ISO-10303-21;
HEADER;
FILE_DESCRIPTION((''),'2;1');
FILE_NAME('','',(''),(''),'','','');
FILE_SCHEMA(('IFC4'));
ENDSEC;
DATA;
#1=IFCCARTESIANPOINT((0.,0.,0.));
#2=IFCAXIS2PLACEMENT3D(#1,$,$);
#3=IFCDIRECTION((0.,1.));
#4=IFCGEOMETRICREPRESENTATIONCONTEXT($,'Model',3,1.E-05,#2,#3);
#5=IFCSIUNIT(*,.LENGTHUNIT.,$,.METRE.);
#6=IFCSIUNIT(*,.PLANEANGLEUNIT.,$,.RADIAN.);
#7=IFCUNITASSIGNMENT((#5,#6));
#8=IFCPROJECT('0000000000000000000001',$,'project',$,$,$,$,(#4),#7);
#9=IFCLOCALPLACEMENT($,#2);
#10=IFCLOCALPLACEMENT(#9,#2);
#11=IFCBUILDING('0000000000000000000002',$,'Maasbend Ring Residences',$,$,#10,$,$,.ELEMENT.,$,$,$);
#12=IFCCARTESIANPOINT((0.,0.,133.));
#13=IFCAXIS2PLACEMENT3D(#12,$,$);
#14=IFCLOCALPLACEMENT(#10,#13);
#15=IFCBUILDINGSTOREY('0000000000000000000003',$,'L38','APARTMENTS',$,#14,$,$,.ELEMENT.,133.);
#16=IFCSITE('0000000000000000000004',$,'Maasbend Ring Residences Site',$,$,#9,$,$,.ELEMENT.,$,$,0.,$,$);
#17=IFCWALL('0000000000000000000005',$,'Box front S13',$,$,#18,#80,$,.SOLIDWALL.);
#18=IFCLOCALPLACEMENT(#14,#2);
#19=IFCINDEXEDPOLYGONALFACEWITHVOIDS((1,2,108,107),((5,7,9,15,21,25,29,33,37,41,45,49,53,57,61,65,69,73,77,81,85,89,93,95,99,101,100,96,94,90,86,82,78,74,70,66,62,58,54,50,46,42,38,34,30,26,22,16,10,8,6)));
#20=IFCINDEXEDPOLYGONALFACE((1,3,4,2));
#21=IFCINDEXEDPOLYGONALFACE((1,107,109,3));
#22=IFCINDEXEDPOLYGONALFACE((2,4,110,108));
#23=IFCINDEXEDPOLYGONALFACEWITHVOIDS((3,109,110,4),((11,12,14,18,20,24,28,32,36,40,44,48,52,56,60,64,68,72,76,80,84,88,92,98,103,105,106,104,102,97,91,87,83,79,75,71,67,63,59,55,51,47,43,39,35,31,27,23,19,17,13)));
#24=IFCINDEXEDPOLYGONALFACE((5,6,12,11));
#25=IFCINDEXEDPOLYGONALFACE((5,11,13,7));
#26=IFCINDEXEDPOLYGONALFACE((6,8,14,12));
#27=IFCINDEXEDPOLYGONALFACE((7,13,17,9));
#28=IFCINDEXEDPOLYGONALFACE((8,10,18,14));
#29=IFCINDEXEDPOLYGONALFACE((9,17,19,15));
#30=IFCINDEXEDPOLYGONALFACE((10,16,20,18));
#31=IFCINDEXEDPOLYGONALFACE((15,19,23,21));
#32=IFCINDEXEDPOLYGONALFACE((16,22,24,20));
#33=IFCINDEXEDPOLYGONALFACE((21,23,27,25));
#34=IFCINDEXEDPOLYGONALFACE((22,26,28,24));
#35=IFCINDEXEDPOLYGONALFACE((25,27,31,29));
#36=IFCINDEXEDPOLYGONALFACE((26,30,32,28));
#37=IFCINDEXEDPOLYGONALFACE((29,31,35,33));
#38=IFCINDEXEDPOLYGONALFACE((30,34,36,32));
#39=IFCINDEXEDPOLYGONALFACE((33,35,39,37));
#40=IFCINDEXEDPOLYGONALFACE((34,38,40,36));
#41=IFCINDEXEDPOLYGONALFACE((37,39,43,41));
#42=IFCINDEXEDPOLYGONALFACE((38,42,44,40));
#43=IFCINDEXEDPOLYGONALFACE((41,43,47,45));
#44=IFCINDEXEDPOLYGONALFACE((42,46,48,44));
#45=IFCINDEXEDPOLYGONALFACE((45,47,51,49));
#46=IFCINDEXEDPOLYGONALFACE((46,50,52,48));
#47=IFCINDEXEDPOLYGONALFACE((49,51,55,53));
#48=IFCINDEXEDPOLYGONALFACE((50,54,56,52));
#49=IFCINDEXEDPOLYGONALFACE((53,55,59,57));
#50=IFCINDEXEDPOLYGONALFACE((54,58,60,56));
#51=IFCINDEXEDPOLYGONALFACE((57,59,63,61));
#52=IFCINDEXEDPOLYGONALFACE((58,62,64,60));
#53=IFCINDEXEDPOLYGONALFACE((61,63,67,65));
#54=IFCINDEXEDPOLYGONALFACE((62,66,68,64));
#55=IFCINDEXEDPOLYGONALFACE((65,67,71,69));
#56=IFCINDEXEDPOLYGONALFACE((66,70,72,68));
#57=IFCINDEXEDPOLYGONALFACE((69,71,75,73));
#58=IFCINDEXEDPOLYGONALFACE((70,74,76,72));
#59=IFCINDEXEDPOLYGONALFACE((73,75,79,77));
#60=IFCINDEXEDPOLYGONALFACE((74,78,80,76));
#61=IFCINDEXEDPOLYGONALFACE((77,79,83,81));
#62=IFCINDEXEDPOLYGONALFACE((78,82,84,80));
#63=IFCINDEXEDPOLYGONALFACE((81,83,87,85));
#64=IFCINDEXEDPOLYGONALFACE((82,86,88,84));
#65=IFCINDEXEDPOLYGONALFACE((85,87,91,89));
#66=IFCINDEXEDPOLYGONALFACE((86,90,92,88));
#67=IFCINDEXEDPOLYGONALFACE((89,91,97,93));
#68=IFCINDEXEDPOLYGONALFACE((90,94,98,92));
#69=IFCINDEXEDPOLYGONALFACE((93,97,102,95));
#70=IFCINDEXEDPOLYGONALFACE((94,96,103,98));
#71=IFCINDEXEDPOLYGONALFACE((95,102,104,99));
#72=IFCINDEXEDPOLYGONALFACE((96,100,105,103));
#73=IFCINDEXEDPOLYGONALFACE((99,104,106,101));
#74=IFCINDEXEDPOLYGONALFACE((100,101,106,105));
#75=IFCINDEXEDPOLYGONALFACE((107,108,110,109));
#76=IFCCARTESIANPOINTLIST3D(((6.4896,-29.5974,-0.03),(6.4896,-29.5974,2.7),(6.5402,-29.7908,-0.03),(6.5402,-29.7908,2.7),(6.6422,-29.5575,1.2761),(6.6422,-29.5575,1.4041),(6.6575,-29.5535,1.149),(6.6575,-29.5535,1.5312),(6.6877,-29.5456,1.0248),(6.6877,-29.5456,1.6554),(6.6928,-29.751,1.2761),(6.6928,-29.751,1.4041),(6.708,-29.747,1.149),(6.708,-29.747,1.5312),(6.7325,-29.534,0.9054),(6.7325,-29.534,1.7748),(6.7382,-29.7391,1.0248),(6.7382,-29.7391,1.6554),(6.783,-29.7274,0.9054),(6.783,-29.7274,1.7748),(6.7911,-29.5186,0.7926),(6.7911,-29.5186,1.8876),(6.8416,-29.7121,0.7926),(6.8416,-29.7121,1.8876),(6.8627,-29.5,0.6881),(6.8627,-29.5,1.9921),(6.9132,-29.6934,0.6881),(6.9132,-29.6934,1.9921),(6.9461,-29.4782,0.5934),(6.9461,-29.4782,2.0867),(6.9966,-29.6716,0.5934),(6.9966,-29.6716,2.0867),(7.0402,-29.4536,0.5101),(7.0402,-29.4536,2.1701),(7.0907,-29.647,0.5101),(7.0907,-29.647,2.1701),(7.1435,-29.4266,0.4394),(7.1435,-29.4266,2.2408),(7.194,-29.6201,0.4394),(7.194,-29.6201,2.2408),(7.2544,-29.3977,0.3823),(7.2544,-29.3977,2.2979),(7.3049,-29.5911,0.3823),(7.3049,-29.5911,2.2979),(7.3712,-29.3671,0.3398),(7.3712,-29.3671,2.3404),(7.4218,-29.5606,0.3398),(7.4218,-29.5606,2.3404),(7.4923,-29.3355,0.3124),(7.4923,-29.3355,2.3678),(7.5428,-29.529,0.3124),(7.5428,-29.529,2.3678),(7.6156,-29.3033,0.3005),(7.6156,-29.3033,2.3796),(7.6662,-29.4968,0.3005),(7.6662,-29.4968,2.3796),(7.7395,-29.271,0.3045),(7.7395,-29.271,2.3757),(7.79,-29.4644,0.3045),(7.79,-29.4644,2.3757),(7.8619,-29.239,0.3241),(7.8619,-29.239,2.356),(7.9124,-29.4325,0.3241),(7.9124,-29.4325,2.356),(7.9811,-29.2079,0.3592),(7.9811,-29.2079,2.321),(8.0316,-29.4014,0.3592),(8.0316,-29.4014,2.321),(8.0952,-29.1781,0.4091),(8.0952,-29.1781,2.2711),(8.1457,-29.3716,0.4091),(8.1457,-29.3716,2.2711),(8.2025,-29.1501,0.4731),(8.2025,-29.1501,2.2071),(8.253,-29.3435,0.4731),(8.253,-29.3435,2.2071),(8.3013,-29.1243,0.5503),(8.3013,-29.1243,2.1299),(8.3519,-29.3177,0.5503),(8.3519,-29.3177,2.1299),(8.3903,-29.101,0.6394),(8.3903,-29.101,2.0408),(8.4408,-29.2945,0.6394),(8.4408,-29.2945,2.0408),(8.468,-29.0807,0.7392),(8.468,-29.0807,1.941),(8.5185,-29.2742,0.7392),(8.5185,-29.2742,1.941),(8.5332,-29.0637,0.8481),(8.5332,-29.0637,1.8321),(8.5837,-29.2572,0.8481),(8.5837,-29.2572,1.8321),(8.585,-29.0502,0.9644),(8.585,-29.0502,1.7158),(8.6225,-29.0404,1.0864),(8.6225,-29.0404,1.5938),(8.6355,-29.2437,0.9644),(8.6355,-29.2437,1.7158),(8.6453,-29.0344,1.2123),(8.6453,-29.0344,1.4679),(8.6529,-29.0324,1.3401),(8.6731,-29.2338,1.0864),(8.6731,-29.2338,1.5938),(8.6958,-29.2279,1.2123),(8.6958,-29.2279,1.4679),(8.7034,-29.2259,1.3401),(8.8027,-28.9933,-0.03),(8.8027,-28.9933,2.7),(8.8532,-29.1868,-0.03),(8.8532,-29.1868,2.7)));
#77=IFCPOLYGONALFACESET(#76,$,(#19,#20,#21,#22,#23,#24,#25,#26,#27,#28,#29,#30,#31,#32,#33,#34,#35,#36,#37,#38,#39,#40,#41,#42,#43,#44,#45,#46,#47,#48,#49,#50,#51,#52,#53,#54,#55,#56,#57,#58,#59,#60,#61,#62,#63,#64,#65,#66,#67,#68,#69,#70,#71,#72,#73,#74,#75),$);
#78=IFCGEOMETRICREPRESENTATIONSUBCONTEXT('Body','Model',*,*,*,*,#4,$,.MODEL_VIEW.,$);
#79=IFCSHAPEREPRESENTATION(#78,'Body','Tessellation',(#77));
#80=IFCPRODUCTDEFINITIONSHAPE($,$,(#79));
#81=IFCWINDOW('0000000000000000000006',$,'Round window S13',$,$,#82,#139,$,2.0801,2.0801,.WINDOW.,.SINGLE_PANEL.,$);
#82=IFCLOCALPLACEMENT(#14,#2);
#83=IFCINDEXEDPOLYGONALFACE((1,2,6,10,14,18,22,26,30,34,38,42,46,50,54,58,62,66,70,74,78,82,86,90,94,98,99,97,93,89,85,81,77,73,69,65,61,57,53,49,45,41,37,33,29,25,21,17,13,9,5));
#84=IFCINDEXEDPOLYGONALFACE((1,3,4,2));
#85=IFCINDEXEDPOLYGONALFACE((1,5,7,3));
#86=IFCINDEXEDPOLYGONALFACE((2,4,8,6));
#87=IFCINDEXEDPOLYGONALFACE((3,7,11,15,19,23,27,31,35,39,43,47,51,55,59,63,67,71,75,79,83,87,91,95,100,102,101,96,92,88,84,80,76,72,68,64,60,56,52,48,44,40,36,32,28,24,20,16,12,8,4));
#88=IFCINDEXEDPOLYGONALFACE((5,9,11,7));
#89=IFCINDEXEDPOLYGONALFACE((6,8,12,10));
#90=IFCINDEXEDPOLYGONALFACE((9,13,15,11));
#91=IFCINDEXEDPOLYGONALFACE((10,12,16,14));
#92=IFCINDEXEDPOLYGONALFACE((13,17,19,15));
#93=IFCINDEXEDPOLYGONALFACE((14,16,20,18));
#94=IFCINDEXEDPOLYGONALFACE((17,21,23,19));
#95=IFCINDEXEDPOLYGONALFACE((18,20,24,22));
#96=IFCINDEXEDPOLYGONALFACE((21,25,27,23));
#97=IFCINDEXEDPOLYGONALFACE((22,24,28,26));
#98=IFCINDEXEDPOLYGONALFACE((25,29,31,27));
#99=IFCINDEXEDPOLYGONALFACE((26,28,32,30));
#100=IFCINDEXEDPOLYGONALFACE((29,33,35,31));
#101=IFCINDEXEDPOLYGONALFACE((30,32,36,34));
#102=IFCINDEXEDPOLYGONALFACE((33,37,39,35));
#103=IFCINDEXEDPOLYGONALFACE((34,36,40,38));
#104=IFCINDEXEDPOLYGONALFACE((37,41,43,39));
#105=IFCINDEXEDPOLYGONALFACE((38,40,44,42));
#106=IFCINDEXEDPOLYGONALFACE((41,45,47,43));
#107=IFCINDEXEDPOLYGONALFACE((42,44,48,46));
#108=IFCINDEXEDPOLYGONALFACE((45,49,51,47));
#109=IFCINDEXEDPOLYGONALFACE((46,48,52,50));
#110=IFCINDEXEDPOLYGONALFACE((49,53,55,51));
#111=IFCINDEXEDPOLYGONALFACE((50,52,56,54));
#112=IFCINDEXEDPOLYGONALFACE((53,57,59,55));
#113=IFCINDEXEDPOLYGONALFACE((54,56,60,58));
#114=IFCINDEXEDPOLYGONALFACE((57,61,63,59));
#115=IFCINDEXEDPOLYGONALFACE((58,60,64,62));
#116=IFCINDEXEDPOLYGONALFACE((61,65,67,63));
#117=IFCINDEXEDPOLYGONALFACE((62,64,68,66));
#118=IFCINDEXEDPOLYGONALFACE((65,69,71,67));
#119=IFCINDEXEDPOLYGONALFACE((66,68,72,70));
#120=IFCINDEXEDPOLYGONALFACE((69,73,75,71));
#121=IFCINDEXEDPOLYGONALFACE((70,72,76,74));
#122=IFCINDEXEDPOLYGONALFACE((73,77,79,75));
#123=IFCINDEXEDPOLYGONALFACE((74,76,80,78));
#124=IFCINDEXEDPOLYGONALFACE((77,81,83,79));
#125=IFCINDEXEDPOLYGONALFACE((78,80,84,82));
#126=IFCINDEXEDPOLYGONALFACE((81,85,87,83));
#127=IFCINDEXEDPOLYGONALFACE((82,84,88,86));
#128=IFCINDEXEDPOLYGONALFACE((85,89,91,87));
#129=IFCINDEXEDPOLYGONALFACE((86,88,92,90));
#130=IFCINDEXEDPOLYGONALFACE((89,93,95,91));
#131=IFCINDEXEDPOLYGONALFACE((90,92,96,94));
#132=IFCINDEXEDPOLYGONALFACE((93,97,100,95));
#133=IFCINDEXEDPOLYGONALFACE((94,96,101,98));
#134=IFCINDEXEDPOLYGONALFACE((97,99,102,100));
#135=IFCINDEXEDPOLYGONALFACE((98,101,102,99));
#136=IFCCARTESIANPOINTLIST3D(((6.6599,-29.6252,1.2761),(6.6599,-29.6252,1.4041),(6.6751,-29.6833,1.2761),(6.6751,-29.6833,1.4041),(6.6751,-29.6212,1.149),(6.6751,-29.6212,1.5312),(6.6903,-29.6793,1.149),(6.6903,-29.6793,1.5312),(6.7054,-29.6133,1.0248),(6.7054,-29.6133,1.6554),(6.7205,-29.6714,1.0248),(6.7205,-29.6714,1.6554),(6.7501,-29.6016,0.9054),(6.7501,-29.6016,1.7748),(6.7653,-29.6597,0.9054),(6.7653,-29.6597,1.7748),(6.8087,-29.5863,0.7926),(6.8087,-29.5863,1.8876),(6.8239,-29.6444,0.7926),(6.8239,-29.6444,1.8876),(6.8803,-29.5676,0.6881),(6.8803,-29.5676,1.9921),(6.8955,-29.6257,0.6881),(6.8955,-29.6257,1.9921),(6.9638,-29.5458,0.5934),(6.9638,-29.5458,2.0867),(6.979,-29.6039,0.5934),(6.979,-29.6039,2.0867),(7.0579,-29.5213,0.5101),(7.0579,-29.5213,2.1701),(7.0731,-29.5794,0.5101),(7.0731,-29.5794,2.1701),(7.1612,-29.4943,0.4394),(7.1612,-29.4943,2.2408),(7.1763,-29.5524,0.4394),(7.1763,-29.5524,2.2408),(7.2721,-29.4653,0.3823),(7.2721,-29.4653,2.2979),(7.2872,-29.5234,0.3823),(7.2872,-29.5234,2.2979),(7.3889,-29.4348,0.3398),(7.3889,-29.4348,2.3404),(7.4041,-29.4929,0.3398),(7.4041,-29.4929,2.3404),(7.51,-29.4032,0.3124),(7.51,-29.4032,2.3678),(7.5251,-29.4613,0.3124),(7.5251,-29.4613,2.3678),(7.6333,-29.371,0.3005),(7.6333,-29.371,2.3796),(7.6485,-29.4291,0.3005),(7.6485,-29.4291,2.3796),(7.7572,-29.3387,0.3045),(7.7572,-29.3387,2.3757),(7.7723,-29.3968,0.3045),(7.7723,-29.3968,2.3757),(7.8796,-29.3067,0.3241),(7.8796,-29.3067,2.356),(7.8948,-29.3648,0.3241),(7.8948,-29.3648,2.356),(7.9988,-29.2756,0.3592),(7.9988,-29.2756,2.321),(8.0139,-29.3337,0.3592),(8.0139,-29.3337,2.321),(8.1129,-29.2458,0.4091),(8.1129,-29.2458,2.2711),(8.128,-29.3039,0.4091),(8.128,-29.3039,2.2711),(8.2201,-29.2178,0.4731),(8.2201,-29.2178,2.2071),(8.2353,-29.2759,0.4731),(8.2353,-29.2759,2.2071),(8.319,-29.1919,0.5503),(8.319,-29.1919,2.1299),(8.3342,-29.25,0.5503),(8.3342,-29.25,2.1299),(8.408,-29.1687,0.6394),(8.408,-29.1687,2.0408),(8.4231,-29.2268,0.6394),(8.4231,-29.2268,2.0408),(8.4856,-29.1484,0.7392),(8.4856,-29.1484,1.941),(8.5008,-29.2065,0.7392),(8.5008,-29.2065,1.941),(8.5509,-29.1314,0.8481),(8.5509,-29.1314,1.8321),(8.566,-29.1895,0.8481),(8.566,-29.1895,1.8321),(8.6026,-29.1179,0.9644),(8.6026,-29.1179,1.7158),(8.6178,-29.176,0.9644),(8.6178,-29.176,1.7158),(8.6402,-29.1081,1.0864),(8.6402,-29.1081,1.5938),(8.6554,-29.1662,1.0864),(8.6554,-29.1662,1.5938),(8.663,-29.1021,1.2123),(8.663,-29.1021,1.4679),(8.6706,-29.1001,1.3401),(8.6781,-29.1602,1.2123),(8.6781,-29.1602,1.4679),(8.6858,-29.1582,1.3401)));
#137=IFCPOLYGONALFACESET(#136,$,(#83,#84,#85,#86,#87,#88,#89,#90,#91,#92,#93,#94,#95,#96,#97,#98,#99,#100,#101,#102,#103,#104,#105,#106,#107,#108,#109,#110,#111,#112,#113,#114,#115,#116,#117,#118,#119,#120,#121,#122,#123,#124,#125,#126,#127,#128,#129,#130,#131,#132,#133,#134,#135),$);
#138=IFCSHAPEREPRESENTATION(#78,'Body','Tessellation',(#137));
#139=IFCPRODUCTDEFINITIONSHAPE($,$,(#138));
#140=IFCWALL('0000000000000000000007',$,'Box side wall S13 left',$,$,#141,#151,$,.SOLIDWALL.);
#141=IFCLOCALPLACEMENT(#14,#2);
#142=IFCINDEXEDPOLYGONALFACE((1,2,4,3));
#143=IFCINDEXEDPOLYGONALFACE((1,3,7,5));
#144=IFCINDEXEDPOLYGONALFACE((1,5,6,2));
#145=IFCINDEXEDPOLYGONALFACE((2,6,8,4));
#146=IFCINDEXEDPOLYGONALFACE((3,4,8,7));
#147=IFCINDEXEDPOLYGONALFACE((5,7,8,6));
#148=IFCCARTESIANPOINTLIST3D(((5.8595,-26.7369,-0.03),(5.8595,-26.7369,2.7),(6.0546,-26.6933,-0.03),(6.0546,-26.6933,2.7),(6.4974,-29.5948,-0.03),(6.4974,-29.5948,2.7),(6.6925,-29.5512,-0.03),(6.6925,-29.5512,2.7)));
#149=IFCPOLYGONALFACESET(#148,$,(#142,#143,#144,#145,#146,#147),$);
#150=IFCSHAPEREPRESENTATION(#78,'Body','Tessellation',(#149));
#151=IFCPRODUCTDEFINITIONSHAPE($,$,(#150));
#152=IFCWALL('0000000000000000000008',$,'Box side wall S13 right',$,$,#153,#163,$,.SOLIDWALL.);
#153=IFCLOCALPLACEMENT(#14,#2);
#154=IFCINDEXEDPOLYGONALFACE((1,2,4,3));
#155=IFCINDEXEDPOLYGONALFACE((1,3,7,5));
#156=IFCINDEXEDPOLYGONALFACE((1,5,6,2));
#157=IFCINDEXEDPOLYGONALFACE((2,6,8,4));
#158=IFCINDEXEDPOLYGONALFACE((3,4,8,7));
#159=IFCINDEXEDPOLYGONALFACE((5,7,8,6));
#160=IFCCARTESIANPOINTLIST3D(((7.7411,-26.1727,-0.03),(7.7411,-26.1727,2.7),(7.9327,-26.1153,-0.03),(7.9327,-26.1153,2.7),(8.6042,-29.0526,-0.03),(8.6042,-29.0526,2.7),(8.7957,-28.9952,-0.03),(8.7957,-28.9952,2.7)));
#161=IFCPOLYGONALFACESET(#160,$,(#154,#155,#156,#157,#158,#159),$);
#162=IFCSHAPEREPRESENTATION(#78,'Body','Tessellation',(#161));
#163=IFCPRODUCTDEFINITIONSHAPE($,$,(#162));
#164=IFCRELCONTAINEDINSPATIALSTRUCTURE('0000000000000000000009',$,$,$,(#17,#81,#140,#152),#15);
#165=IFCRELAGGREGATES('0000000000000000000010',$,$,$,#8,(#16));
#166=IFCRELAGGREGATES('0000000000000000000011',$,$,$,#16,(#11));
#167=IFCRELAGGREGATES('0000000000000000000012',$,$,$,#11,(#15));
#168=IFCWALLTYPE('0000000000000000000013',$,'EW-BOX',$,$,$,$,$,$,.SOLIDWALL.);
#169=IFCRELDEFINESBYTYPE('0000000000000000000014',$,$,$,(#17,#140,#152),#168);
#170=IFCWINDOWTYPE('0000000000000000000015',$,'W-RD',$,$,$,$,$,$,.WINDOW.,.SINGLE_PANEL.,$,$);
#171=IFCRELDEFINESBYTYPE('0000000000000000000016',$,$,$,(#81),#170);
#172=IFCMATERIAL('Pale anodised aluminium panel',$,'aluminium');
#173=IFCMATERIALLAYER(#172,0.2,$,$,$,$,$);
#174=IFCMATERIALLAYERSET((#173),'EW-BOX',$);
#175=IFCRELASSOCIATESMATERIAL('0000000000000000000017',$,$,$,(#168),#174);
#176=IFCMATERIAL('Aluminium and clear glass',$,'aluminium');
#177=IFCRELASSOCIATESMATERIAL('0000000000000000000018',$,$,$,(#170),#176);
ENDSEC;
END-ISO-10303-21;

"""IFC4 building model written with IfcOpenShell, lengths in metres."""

from ifc_helpers import new_model, si_unit, direction, frame, frame_2d, origin, place, context, subcontext, project, spatial, rectangle, circle, extrude, material, layer, layer_set, type_object, element, fill, save


model = new_model("IFC4")

# Units and contexts
model_context = context("Model", 3, precision=1e-05, world=origin(), true_north=direction((0.0, 1.0)))
body_context = subcontext(model_context, "Body", "Model", "MODEL_VIEW")
ifc_project = project(units=[si_unit("LENGTHUNIT", "METRE"), si_unit("PLANEANGLEUNIT", "RADIAN")], contexts=[model_context])

# Site, building, storey
site_placement = place(None, origin())
site = spatial("IfcSite", under=ifc_project, at=site_placement, Name="Maasbend Ring Residences Site", CompositionType="ELEMENT", RefElevation=0.0)
building_placement = place(site_placement, origin())
building = spatial("IfcBuilding", under=site, at=building_placement, Name="Maasbend Ring Residences", CompositionType="ELEMENT")
storey_placement = place(building_placement, frame((0.0, 0.0, 133.0)))
storey = spatial("IfcBuildingStorey", under=building, at=storey_placement, Name="L38", Description="APARTMENTS", CompositionType="ELEMENT", Elevation=133.0)

# Shared definitions
ifc_material_1 = material(Name="Pale anodised aluminium panel", Category="aluminium")
ifc_layer_1 = layer(ifc_material_1, 0.2)
ifc_layer_set_1 = layer_set([ifc_layer_1], Name="EW-BOX")
wall_type_1 = type_object("IfcWallType", Name="EW-BOX", PredefinedType="SOLIDWALL", material=ifc_layer_set_1)

# Wall, opening, window
wall_1_placement = place(storey_placement, frame((6.5149, -29.6941, -0.03), z_axis=(0.0, 0.0, 1.0), x_axis=(0.967554, 0.252663, 0.0)))
wall_1 = element("IfcWall", 1, at=wall_1_placement, inside=storey, type_object=wall_type_1, Name="Box front S13", PredefinedType="SOLIDWALL", context=body_context, shape_type="SweptSolid", body=[
    extrude(rectangle(XDim=2.3906, YDim=0.2, at=frame_2d((1.1953, 0.0))), origin(), (0.0, 0.0, 1.0), 2.73),
])
opening_1_placement = place(wall_1_placement, frame((0.1558, 0.0, 0.3301)))
opening_1 = element("IfcOpeningElement", 2, at=opening_1_placement, cuts=wall_1, PredefinedType="OPENING", context=body_context, shape_type="SweptSolid", body=[
    extrude(circle(Radius=1.04, at=frame_2d((1.04, 1.04))), frame((0.0, 0.1099, 0.0), z_axis=(0.0, -1.0, 0.0), x_axis=(1.0, 0.0, 0.0)), (0.0, 0.0, 1.0), 0.22),
])
ifc_material_2 = material(Name="Aluminium and clear glass", Category="aluminium")
window_type_1 = type_object("IfcWindowType", Name="W-RD", PartitioningType="SINGLE_PANEL", PredefinedType="WINDOW", material=ifc_material_2)
window_1_placement = place(opening_1_placement, origin())
window_1 = element("IfcWindow", 3, at=window_1_placement, inside=storey, type_object=window_type_1, Name="Round window S13", OverallHeight=2.0801, OverallWidth=2.0801, PartitioningType="SINGLE_PANEL", PredefinedType="WINDOW", context=body_context, shape_type="SweptSolid", body=[
    extrude(circle(Radius=1.04, at=frame_2d((1.04, 1.04))), frame((0.0, 0.03, 0.0), z_axis=(0.0, -1.0, 0.0), x_axis=(1.0, 0.0, 0.0)), (0.0, 0.0, 1.0), 0.0601),
])
fill(opening_1, window_1)

# Walls
wall_2_placement = place(storey_placement, frame((5.957, -26.7151, -0.03), z_axis=(0.0, 0.0, 1.0), x_axis=(0.217857, -0.975981, 0.0)))
element("IfcWall", 4, at=wall_2_placement, inside=storey, type_object=wall_type_1, Name="Box side wall S13 left", PredefinedType="SOLIDWALL", context=body_context, shape_type="SweptSolid", body=[
    extrude(rectangle(XDim=2.9282, YDim=0.2, at=frame_2d((1.4641, 0.0))), origin(), (0.0, 0.0, 1.0), 2.73),
])
wall_3_placement = place(storey_placement, frame((7.8369, -26.144, -0.03), z_axis=(0.0, 0.0, 1.0), x_axis=(0.287065, -0.957911, 0.0)))
element("IfcWall", 5, at=wall_3_placement, inside=storey, type_object=wall_type_1, Name="Box side wall S13 right", PredefinedType="SOLIDWALL", context=body_context, shape_type="SweptSolid", body=[
    extrude(rectangle(XDim=3.0063, YDim=0.2, at=frame_2d((1.5032, 0.0))), origin(), (0.0, 0.0, 1.0), 2.73),
])

save(model, "model.ifc")
